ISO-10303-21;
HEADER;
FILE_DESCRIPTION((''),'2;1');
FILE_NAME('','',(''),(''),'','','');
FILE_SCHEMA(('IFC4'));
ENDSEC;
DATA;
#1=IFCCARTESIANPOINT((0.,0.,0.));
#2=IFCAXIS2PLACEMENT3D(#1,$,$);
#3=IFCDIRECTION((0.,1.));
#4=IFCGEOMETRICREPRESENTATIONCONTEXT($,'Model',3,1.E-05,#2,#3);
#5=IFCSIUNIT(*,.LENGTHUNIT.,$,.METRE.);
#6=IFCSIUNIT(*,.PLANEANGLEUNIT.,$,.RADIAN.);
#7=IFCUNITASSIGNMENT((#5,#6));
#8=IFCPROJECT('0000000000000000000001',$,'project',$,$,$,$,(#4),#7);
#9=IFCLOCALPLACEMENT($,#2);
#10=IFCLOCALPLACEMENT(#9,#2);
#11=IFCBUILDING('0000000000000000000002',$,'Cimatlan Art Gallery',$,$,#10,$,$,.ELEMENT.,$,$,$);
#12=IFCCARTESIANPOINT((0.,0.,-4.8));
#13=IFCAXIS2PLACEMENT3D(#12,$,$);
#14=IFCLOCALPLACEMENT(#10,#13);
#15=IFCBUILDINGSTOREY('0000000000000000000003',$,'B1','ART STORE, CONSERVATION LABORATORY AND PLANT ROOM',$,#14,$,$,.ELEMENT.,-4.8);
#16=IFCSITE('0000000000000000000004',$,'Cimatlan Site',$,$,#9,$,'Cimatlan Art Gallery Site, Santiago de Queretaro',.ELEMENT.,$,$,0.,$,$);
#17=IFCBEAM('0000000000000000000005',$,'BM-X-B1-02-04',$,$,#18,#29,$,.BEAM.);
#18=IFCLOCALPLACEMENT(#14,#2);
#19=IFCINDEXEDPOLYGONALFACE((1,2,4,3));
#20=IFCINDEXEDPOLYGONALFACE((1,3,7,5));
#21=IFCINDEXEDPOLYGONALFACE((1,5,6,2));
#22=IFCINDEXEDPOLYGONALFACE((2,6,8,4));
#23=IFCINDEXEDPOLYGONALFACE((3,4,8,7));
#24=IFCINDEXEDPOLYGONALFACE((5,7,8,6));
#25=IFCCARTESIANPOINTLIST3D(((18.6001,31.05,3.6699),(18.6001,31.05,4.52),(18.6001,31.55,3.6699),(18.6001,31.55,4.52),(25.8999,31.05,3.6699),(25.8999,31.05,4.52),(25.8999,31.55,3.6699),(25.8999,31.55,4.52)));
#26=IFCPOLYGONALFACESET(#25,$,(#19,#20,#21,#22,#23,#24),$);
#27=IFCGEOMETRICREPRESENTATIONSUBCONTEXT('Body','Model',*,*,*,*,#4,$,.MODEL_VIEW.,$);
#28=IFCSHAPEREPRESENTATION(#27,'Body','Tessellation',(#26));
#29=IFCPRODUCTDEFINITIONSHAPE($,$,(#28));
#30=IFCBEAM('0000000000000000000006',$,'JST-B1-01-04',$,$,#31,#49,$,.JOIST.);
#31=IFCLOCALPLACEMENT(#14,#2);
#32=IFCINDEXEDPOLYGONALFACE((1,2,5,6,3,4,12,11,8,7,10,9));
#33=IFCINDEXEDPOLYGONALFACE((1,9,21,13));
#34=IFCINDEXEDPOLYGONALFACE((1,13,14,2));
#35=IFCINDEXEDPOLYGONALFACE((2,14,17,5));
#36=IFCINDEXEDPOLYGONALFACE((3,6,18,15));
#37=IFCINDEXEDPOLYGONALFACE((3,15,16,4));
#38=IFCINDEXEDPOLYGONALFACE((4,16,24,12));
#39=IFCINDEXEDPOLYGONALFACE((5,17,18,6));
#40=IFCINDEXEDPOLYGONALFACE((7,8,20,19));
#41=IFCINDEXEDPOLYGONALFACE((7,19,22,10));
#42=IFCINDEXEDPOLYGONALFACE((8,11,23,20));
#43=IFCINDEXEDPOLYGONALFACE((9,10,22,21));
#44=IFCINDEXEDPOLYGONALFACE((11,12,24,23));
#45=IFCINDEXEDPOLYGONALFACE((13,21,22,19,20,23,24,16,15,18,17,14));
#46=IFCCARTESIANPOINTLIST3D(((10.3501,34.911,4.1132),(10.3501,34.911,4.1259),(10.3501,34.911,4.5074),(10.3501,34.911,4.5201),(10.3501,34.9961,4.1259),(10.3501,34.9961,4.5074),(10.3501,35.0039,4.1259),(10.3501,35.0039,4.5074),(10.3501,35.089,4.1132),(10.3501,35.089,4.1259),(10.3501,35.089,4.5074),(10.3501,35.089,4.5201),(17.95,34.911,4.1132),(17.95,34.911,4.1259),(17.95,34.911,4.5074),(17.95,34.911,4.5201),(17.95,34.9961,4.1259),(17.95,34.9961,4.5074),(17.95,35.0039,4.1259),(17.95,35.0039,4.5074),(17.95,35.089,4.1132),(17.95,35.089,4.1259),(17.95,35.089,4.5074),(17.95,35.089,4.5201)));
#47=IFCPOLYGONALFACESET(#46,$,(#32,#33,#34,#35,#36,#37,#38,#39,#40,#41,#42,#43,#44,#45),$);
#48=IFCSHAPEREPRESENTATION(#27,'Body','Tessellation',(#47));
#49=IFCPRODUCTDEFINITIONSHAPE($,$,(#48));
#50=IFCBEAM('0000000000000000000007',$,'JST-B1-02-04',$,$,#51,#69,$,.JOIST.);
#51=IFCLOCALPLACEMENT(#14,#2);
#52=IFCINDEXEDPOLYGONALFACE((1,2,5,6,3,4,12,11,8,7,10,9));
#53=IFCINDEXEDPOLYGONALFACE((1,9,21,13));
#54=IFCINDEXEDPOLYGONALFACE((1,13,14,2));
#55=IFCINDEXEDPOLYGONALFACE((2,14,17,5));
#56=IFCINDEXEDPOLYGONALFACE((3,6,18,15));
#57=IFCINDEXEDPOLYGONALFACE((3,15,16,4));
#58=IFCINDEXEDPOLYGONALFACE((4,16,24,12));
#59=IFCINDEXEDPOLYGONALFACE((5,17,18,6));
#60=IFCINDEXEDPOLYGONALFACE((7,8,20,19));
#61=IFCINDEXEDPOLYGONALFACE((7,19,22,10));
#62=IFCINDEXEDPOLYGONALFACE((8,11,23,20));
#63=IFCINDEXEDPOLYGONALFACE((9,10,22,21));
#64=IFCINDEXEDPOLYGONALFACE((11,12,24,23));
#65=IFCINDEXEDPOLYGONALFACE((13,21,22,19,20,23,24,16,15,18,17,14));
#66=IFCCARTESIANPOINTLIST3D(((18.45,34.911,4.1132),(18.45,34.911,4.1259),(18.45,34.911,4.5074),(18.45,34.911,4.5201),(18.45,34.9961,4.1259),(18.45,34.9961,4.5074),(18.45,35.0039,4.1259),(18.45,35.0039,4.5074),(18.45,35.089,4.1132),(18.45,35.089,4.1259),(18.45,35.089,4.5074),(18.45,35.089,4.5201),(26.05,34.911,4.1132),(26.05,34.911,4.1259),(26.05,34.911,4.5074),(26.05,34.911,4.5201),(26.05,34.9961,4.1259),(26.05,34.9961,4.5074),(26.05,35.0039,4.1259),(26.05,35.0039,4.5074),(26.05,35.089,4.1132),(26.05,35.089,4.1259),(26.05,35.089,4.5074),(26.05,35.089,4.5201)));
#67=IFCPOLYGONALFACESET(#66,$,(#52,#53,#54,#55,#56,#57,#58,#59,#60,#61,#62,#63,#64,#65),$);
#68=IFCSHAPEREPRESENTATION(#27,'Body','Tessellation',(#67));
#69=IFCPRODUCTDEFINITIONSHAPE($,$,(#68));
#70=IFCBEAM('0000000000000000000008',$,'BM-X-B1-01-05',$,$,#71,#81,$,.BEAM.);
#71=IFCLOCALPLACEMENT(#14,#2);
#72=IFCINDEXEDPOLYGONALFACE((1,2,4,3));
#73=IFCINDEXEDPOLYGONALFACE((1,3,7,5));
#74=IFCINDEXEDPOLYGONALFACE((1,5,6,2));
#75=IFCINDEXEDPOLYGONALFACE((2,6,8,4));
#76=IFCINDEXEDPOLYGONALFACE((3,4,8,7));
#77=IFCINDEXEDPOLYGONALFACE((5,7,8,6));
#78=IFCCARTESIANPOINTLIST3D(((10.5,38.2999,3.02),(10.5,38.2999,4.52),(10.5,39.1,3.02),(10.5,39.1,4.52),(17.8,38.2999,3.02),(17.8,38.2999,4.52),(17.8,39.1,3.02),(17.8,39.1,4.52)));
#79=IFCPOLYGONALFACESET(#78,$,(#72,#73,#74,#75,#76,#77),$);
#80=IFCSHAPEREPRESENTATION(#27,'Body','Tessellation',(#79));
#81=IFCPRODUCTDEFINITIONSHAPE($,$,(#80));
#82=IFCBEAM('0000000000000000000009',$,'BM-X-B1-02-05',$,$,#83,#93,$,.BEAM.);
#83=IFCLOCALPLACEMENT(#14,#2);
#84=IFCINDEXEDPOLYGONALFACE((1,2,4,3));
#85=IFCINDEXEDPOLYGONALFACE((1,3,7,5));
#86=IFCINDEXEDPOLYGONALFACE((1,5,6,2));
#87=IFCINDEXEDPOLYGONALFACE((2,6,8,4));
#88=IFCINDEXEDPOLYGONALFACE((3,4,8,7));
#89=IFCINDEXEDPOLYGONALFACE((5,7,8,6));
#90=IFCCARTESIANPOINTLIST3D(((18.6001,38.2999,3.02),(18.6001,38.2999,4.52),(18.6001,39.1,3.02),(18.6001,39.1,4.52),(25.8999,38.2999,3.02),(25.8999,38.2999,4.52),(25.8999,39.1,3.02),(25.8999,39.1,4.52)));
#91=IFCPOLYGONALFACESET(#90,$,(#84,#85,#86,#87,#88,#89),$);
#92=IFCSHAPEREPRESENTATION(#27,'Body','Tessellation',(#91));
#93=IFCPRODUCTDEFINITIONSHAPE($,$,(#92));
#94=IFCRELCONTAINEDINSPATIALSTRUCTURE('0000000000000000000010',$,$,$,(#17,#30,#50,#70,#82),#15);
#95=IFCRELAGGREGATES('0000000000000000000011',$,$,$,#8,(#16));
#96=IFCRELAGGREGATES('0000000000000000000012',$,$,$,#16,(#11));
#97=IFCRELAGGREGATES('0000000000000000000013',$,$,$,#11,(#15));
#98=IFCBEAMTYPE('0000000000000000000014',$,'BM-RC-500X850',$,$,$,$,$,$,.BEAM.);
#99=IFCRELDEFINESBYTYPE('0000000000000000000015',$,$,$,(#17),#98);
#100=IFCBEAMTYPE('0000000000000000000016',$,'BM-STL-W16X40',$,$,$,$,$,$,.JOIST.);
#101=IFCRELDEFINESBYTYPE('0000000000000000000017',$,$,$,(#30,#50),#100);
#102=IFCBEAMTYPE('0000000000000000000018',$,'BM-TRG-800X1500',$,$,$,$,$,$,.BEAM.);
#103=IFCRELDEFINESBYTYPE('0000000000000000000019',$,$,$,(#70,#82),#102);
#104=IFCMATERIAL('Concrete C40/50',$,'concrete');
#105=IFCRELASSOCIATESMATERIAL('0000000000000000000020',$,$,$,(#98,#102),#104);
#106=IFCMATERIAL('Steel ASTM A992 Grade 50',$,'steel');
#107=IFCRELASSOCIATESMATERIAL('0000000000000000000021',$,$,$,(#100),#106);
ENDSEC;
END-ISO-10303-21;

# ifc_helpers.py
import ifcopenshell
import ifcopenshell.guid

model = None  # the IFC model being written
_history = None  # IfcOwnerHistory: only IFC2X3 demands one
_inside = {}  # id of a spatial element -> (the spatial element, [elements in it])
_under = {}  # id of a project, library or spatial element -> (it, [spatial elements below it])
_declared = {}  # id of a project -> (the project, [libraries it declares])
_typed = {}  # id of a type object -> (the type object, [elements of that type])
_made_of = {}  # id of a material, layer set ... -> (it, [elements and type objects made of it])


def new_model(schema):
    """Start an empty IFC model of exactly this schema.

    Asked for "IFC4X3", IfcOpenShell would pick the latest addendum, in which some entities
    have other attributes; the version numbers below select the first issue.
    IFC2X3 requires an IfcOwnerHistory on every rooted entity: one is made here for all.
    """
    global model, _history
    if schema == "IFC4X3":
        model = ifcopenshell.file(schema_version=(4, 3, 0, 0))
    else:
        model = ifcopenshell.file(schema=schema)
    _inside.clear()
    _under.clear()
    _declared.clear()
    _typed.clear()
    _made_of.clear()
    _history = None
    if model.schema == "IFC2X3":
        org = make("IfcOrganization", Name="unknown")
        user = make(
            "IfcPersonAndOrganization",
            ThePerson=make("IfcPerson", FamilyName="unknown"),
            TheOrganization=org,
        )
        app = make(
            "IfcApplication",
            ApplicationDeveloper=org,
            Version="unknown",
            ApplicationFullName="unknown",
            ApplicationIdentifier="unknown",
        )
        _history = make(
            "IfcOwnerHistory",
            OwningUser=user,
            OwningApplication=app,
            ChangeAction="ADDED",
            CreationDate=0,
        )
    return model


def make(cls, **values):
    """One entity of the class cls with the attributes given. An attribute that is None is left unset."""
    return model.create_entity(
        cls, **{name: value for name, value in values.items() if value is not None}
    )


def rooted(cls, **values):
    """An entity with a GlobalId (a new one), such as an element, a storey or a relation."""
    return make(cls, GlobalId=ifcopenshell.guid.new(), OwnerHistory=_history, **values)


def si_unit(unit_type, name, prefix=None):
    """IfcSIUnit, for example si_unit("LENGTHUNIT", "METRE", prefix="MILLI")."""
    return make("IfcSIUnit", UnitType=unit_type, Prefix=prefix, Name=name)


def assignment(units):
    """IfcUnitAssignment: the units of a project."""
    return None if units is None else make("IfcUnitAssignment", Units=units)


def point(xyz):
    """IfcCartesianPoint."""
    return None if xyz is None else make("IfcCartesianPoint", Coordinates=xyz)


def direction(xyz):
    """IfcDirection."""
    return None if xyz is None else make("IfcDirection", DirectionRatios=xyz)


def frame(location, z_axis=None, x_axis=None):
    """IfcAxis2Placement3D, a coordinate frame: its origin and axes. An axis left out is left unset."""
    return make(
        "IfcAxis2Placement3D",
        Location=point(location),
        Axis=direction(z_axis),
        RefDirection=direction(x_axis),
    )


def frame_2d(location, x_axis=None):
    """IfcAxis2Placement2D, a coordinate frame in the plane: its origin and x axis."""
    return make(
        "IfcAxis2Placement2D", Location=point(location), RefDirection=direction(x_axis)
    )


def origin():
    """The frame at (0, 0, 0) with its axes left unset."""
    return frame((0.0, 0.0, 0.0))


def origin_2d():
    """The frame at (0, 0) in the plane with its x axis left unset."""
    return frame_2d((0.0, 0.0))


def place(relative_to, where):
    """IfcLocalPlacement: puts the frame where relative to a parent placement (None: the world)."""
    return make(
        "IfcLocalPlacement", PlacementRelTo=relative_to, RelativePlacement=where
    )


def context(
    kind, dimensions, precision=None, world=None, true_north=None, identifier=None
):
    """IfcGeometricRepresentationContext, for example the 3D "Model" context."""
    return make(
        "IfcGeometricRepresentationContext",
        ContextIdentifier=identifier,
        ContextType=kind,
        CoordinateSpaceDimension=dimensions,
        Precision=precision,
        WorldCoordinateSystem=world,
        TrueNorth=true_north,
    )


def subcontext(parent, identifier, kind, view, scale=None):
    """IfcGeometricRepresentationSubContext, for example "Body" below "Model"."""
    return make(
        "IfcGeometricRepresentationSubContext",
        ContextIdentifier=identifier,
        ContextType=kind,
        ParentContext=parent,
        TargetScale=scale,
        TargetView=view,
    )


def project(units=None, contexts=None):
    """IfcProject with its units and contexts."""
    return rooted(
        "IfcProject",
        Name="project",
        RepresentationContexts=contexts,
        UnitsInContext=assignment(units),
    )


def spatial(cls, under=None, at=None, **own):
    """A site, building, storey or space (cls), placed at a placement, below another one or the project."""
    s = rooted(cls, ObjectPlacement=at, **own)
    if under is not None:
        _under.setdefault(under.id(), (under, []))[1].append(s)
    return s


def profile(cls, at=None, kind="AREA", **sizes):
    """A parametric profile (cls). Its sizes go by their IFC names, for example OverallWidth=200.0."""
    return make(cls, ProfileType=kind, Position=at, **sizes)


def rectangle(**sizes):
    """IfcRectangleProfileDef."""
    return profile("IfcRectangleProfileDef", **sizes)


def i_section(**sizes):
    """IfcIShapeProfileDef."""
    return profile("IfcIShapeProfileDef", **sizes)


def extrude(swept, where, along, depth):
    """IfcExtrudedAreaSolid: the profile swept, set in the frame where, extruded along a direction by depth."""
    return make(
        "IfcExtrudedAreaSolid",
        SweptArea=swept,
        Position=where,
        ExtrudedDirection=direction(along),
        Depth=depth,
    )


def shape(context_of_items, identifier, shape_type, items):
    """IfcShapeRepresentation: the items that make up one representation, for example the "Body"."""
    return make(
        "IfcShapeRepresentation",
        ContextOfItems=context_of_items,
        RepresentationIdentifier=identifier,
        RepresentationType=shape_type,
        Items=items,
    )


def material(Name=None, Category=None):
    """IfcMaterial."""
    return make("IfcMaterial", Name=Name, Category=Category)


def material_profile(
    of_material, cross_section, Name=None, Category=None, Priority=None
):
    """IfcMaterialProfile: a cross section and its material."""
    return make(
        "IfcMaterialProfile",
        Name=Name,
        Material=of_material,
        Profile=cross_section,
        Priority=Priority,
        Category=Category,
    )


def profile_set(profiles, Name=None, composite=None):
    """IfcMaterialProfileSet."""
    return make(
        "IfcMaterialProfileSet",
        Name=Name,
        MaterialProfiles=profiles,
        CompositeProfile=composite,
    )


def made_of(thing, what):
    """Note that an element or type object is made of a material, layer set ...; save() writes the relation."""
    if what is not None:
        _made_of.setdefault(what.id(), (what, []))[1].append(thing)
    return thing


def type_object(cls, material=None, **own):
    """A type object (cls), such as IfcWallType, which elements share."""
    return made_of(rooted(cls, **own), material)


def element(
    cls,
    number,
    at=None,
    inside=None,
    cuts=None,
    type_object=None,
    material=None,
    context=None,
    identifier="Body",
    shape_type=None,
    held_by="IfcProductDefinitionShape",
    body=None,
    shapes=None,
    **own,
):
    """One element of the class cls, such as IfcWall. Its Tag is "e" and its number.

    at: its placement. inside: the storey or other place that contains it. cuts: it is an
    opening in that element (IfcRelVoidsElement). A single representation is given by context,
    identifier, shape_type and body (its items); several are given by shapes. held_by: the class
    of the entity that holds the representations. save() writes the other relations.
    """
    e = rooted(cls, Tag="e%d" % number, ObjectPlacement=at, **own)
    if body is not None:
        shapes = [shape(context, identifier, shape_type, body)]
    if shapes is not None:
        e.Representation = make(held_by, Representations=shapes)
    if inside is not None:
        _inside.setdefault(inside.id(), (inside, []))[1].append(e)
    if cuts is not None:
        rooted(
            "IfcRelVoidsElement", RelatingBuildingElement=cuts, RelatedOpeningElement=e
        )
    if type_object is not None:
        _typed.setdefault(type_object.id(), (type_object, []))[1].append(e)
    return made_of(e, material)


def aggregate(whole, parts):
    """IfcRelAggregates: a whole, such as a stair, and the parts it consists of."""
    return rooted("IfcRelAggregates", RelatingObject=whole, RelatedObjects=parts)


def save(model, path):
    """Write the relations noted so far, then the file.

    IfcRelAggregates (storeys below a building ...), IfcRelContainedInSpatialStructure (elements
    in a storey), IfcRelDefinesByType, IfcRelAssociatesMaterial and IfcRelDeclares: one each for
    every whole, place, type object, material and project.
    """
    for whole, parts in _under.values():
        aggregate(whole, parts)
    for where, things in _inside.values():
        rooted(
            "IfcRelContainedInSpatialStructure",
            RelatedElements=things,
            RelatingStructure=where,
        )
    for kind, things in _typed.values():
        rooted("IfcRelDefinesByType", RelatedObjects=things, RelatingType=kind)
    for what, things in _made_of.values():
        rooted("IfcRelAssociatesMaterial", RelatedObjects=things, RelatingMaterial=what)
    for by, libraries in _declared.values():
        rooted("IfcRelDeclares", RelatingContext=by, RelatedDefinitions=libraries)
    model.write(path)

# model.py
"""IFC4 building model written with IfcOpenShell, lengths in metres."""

from ifc_helpers import new_model, si_unit, direction, frame, origin, origin_2d, place, context, subcontext, project, spatial, rectangle, i_section, extrude, material, material_profile, profile_set, type_object, element, save


model = new_model("IFC4")

# Units and contexts
model_context = context("Model", 3, precision=1e-05, world=origin(), true_north=direction((0.0, 1.0)))
body_context = subcontext(model_context, "Body", "Model", "MODEL_VIEW")
ifc_project = project(units=[si_unit("LENGTHUNIT", "METRE"), si_unit("PLANEANGLEUNIT", "RADIAN")], contexts=[model_context])

# Site, building, storey
site_placement = place(None, origin())
site = spatial("IfcSite", under=ifc_project, at=site_placement, Name="Cimatlan Site", LongName="Cimatlan Art Gallery Site, Santiago de Queretaro", CompositionType="ELEMENT", RefElevation=0.0)
building_placement = place(site_placement, origin())
building = spatial("IfcBuilding", under=site, at=building_placement, Name="Cimatlan Art Gallery", CompositionType="ELEMENT")
storey_placement = place(building_placement, frame((0.0, 0.0, -4.8)))
storey = spatial("IfcBuildingStorey", under=building, at=storey_placement, Name="B1", Description="ART STORE, CONSERVATION LABORATORY AND PLANT ROOM", CompositionType="ELEMENT", Elevation=-4.8)

# Shared definitions
ifc_material_1 = material(Name="Concrete C40/50", Category="concrete")

# Beams
ifc_material_profile_1 = material_profile(ifc_material_1, rectangle(XDim=0.5, YDim=0.8501, at=origin_2d()), Name="RC500X850")
ifc_profile_set_1 = profile_set([ifc_material_profile_1], Name="Concrete C40/50")
beam_type_1 = type_object("IfcBeamType", Name="BM-RC-500X850", PredefinedType="BEAM", material=ifc_profile_set_1)
beam_1_placement = place(storey_placement, frame((18.6001, 31.3, 4.095), z_axis=(1.0, 0.0, 0.0), x_axis=(0.0, 1.0, 0.0)))
element("IfcBeam", 1, at=beam_1_placement, inside=storey, type_object=beam_type_1, Name="BM-X-B1-02-04", PredefinedType="BEAM", context=body_context, shape_type="SweptSolid", body=[
    extrude(rectangle(XDim=0.5, YDim=0.8501, at=origin_2d()), origin(), (0.0, 0.0, 1.0), 7.2998),
])
ifc_material_2 = material(Name="Steel ASTM A992 Grade 50", Category="steel")
ifc_material_profile_2 = material_profile(ifc_material_2, i_section(OverallWidth=0.178, OverallDepth=0.407, WebThickness=0.0078, FlangeThickness=0.0127, at=origin_2d()), Name="W16X40")
ifc_profile_set_2 = profile_set([ifc_material_profile_2], Name="Steel ASTM A992 Grade 50")
beam_type_2 = type_object("IfcBeamType", Name="BM-STL-W16X40", PredefinedType="JOIST", material=ifc_profile_set_2)
beam_2_placement = place(storey_placement, frame((10.3501, 35.0, 4.3167), z_axis=(1.0, 0.0, 0.0), x_axis=(0.0, 1.0, 0.0)))
element("IfcBeam", 2, at=beam_2_placement, inside=storey, type_object=beam_type_2, Name="JST-B1-01-04", PredefinedType="JOIST", context=body_context, shape_type="SweptSolid", body=[
    extrude(i_section(OverallWidth=0.178, OverallDepth=0.407, WebThickness=0.0078, FlangeThickness=0.0127, at=origin_2d()), origin(), (0.0, 0.0, 1.0), 7.5999),
])
beam_3_placement = place(storey_placement, frame((18.45, 35.0, 4.3167), z_axis=(1.0, 0.0, 0.0), x_axis=(0.0, 1.0, 0.0)))
element("IfcBeam", 3, at=beam_3_placement, inside=storey, type_object=beam_type_2, Name="JST-B1-02-04", PredefinedType="JOIST", context=body_context, shape_type="SweptSolid", body=[
    extrude(i_section(OverallWidth=0.178, OverallDepth=0.407, WebThickness=0.0078, FlangeThickness=0.0127, at=origin_2d()), origin(), (0.0, 0.0, 1.0), 7.6001),
])
ifc_material_profile_3 = material_profile(ifc_material_1, rectangle(XDim=0.8, YDim=1.5, at=origin_2d()), Name="RC800X1500")
ifc_profile_set_3 = profile_set([ifc_material_profile_3], Name="Concrete C40/50")
beam_type_3 = type_object("IfcBeamType", Name="BM-TRG-800X1500", PredefinedType="BEAM", material=ifc_profile_set_3)
beam_4_placement = place(storey_placement, frame((10.5, 38.7, 3.77), z_axis=(1.0, 0.0, 0.0), x_axis=(0.0, 1.0, 0.0)))
element("IfcBeam", 4, at=beam_4_placement, inside=storey, type_object=beam_type_3, Name="BM-X-B1-01-05", PredefinedType="BEAM", context=body_context, shape_type="SweptSolid", body=[
    extrude(rectangle(XDim=0.8, YDim=1.5, at=origin_2d()), origin(), (0.0, 0.0, 1.0), 7.3),
])
beam_5_placement = place(storey_placement, frame((18.6001, 38.7, 3.77), z_axis=(1.0, 0.0, 0.0), x_axis=(0.0, 1.0, 0.0)))
element("IfcBeam", 5, at=beam_5_placement, inside=storey, type_object=beam_type_3, Name="BM-X-B1-02-05", PredefinedType="BEAM", context=body_context, shape_type="SweptSolid", body=[
    extrude(rectangle(XDim=0.8, YDim=1.5, at=origin_2d()), origin(), (0.0, 0.0, 1.0), 7.2998),
])

save(model, "model.ifc")
